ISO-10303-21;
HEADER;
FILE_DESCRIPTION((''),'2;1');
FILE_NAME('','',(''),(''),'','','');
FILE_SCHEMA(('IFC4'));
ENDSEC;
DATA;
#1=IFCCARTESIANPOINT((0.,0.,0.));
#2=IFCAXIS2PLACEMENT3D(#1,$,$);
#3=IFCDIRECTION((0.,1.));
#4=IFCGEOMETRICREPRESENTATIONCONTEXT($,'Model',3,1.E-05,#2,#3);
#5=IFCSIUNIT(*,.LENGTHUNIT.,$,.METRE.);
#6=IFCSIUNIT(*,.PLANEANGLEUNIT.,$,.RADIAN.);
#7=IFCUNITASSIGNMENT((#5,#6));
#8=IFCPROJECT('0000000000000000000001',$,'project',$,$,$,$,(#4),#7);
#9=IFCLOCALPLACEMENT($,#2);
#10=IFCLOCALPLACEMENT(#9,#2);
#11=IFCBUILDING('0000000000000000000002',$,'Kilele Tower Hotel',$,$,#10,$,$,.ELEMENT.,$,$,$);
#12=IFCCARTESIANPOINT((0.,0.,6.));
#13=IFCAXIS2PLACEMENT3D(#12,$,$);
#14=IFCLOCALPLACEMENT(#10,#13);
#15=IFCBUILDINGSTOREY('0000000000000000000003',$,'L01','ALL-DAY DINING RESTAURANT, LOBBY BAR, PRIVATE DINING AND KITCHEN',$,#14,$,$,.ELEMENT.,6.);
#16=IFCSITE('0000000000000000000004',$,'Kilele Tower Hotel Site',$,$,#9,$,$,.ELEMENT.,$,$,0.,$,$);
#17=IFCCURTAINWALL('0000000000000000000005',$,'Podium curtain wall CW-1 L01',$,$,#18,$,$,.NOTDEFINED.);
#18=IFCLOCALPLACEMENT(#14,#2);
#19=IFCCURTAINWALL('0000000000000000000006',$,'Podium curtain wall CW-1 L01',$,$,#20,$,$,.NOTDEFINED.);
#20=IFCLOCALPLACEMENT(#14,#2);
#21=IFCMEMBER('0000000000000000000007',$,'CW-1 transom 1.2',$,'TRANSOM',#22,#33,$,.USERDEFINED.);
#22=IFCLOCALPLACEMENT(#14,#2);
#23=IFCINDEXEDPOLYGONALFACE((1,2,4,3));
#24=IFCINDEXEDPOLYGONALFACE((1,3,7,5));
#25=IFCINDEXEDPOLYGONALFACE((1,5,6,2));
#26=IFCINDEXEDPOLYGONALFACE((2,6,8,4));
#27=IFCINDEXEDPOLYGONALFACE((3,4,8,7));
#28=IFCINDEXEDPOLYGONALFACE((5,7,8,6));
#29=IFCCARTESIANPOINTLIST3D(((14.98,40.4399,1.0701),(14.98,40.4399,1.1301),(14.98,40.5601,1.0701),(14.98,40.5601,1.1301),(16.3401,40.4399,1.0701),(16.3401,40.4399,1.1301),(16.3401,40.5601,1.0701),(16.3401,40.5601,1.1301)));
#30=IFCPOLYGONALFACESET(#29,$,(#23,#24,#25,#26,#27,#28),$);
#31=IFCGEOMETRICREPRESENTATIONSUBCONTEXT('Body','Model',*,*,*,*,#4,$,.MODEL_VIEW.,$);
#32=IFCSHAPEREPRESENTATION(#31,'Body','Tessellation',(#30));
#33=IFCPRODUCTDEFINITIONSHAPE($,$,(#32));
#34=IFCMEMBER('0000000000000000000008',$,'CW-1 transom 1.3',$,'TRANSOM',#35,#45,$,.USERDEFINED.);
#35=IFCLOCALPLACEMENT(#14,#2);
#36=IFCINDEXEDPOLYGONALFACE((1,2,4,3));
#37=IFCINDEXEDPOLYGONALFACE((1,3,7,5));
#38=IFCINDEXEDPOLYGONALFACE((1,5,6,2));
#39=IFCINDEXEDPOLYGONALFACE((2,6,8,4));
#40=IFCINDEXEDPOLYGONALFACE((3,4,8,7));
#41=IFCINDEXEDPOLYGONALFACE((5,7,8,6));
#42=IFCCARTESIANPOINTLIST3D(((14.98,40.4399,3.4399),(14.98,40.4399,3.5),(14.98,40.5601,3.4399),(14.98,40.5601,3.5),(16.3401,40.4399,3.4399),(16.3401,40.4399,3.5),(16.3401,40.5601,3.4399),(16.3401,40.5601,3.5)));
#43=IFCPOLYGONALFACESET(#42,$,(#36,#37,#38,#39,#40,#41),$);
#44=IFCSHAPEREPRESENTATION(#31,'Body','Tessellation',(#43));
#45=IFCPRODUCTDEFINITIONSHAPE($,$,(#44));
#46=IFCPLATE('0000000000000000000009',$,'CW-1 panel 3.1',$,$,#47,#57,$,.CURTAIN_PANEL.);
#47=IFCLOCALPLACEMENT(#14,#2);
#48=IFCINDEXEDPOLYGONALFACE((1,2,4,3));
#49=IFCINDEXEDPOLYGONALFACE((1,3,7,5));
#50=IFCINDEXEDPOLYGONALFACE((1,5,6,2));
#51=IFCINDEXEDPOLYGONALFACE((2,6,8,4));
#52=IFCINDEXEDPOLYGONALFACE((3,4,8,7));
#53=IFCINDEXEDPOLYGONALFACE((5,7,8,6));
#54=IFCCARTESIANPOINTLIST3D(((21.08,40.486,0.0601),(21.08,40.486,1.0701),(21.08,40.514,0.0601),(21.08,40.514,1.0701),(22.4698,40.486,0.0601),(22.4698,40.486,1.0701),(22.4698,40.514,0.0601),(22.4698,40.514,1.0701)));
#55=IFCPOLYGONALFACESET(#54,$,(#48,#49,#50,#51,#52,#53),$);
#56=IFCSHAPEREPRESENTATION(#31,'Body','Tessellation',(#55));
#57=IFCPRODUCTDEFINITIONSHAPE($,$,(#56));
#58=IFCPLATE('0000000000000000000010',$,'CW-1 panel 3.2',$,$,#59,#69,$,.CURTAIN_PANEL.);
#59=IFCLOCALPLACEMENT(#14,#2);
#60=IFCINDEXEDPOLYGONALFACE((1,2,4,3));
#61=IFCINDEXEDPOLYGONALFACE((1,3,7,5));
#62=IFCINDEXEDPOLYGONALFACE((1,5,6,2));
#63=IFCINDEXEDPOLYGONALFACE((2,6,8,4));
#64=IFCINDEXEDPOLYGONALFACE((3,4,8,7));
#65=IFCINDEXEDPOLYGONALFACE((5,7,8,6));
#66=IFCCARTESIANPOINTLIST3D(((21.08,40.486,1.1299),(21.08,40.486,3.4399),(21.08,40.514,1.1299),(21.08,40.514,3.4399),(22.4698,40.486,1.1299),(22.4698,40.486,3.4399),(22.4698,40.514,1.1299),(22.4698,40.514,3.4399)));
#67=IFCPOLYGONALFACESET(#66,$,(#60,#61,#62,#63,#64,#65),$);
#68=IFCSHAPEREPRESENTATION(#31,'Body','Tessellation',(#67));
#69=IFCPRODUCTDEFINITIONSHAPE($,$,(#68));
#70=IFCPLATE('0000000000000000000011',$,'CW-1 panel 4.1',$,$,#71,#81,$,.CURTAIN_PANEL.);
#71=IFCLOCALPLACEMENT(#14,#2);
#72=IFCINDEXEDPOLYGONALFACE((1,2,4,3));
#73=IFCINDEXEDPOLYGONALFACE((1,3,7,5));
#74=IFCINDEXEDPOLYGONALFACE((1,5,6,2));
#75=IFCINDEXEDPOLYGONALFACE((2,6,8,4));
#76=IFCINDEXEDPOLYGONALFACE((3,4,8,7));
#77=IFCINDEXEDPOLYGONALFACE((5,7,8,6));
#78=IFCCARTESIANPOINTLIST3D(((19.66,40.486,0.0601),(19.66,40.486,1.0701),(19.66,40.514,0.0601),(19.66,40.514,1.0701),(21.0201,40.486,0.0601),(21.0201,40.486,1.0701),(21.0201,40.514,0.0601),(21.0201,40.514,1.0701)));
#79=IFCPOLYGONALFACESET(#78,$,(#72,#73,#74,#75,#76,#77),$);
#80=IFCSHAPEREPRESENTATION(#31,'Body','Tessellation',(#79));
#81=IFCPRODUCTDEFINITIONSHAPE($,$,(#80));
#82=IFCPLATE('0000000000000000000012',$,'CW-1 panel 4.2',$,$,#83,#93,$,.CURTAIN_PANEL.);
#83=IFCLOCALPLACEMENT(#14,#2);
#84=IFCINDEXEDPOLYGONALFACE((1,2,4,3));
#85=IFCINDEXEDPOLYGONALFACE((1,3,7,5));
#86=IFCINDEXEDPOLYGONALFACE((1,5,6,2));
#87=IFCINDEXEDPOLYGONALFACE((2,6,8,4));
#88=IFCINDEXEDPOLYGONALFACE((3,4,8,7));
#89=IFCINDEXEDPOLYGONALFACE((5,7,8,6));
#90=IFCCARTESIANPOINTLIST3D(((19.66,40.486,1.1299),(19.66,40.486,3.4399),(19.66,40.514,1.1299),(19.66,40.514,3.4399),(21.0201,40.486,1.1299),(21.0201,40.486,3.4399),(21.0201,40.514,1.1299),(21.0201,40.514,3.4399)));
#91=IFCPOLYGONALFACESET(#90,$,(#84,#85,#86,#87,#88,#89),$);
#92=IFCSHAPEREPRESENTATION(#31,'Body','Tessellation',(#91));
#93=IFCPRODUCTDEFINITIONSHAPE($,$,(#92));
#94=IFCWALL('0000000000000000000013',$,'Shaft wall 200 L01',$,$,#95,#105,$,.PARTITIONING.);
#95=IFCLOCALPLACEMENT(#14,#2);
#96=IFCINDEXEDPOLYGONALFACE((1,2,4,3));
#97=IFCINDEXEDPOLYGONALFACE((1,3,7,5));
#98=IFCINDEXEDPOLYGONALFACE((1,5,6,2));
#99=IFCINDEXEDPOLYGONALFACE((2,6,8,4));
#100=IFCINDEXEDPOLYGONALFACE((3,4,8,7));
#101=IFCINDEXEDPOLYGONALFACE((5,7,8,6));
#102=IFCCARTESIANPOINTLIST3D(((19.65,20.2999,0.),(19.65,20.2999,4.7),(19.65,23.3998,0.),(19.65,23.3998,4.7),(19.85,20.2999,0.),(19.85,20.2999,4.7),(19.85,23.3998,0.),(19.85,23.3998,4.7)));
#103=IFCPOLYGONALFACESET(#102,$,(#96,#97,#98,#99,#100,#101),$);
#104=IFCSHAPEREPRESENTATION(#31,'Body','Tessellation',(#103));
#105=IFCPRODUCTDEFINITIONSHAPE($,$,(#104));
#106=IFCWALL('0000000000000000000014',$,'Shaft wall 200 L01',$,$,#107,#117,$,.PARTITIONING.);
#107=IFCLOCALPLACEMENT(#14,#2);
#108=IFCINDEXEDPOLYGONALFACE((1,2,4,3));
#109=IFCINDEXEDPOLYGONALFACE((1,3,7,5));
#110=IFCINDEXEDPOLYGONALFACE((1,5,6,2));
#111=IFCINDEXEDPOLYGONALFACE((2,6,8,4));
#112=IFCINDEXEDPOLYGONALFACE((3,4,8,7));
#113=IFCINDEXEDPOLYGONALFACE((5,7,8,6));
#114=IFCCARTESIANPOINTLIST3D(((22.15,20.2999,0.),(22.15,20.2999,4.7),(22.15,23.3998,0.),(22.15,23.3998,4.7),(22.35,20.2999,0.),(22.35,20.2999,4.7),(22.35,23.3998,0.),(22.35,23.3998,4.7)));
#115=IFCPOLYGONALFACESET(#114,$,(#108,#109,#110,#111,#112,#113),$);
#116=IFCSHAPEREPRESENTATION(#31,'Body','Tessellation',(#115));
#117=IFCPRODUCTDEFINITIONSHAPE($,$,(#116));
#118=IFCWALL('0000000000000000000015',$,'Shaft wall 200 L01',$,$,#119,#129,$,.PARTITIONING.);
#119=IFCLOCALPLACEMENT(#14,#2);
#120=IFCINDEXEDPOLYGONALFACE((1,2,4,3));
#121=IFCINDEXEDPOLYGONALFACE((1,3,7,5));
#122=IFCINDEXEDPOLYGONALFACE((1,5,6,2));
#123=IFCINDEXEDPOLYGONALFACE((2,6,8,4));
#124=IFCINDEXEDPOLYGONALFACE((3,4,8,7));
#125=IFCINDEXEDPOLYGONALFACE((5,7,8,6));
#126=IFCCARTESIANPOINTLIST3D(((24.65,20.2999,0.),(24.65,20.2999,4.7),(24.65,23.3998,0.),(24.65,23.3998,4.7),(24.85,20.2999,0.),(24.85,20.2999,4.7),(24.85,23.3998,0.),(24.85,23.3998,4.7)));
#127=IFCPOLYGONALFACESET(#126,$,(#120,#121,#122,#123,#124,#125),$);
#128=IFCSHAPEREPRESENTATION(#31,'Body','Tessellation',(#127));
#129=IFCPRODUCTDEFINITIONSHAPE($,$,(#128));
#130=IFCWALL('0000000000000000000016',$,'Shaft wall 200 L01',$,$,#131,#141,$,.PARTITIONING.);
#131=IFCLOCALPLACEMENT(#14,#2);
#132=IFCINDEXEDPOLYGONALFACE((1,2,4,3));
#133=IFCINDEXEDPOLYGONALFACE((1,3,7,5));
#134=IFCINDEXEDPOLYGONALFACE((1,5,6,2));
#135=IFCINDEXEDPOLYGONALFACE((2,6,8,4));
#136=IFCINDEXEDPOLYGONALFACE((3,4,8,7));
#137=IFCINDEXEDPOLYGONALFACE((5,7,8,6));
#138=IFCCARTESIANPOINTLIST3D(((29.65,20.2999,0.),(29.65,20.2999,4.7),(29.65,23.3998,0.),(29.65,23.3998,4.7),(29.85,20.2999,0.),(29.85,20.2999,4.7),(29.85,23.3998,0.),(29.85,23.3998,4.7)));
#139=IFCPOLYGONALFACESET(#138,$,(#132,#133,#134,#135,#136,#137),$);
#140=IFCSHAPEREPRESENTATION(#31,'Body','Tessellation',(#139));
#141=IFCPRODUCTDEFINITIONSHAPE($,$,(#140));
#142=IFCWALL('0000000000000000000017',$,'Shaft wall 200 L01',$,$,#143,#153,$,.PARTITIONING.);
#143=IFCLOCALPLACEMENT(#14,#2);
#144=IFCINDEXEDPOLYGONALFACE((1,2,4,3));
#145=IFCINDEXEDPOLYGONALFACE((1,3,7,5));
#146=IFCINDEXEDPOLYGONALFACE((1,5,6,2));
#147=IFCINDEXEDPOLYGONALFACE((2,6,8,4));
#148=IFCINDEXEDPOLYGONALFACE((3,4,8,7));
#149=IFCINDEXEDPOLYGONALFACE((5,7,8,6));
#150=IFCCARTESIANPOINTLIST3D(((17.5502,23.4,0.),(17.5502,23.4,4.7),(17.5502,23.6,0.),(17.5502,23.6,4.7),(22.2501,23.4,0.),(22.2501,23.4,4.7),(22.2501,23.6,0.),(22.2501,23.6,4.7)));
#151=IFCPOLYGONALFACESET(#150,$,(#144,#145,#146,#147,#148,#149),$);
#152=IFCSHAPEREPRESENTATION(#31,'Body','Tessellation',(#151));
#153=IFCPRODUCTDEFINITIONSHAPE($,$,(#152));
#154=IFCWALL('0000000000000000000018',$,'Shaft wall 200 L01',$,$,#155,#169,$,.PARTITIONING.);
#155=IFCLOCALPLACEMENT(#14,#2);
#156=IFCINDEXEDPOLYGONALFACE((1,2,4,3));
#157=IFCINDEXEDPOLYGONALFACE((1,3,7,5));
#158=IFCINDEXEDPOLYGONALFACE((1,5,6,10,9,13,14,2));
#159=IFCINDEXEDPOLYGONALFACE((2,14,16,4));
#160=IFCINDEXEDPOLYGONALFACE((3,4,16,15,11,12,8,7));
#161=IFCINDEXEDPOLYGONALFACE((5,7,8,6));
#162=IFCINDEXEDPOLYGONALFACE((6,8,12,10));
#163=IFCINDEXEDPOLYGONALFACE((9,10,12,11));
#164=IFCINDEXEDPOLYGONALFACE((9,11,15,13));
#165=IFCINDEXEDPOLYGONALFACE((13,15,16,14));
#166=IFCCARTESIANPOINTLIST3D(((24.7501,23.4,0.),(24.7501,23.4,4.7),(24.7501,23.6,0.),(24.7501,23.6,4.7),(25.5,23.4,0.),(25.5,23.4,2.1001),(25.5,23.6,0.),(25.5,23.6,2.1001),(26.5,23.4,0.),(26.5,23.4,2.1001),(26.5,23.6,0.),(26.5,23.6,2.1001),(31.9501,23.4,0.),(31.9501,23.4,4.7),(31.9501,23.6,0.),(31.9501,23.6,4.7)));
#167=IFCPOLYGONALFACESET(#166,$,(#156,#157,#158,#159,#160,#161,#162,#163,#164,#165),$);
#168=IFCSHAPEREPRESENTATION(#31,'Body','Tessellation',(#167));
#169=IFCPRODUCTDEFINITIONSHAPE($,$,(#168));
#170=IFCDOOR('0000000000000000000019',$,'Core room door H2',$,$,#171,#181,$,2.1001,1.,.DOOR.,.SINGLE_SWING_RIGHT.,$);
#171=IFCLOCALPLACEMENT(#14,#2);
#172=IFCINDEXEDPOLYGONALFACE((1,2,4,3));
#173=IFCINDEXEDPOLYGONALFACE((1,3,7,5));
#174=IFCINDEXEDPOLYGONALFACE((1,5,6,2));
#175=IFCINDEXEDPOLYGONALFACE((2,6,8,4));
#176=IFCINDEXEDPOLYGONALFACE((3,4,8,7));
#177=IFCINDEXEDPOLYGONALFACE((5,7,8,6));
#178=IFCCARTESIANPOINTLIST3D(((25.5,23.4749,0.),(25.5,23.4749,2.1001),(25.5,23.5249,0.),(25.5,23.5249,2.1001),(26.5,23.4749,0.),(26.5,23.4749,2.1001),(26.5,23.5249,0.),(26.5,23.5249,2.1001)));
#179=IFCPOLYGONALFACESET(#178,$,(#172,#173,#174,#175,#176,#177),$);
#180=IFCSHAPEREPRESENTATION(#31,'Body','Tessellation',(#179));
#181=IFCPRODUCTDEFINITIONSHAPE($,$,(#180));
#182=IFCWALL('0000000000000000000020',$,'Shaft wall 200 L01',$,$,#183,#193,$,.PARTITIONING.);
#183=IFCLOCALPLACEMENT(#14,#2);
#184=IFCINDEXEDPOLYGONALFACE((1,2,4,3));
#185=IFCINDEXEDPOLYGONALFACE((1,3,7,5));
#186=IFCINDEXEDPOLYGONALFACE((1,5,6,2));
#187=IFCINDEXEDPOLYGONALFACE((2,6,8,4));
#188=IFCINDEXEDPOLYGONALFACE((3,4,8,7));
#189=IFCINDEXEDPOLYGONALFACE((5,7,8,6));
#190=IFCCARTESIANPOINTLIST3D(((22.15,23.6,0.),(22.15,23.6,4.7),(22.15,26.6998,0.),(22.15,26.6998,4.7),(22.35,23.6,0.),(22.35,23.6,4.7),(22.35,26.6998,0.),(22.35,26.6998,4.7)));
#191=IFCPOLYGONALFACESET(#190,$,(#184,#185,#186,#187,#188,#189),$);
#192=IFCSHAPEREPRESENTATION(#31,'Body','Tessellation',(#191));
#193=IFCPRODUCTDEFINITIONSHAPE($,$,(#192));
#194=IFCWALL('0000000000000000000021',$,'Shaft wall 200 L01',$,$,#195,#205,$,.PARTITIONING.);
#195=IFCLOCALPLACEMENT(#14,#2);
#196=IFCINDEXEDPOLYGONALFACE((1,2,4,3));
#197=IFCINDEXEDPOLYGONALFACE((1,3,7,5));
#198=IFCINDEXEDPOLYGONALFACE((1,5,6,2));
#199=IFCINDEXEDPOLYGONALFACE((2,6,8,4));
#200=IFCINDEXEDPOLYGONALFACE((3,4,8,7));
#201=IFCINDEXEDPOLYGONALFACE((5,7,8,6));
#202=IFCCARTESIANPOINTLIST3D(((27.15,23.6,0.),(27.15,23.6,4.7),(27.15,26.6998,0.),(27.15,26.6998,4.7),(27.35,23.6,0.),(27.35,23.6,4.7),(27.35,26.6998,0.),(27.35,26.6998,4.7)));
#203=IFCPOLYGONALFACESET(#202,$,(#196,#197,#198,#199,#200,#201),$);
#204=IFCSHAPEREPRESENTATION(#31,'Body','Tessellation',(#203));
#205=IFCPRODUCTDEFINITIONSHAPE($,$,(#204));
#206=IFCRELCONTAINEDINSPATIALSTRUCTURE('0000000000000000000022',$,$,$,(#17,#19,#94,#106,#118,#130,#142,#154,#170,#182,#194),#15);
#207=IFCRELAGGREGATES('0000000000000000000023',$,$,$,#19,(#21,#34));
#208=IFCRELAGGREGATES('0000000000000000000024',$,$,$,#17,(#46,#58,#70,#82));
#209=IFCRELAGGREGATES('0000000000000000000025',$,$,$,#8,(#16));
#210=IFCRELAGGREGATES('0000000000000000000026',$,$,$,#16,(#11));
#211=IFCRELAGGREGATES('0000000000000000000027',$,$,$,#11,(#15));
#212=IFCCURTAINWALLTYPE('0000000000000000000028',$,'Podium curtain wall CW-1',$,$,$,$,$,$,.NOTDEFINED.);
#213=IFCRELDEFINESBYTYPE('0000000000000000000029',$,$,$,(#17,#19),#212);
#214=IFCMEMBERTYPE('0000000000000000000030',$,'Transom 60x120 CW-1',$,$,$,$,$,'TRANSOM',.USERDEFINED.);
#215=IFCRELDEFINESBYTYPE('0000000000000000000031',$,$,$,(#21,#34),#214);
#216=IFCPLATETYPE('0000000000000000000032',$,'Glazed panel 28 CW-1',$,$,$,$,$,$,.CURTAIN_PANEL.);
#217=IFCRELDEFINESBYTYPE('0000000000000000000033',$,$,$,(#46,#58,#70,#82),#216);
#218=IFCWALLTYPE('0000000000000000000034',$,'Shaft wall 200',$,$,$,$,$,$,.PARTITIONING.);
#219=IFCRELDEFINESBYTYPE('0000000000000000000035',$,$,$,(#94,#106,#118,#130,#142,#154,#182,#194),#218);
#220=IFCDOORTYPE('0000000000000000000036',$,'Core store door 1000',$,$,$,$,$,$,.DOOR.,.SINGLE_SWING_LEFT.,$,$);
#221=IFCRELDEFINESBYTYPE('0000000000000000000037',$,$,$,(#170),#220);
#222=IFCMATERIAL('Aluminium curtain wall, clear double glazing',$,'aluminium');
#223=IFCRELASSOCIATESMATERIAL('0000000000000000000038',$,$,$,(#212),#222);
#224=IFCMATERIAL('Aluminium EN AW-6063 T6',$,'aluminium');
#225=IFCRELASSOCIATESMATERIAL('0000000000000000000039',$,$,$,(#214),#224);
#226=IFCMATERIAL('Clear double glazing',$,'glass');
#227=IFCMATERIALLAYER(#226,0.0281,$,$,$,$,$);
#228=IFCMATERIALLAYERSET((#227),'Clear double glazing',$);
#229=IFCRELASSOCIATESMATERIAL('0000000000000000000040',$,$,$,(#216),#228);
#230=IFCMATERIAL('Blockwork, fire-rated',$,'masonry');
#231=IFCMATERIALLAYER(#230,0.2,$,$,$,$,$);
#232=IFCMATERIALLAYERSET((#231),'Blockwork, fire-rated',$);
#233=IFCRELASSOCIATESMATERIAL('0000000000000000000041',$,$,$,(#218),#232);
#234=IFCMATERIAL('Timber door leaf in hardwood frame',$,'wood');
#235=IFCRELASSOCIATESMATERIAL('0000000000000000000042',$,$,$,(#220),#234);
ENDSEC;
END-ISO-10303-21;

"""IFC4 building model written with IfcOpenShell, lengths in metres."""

from ifc_helpers import new_model, si_unit, direction, frame, frame_2d, origin, origin_2d, place, context, subcontext, project, spatial, rectangle, extrude, material, layer, layer_set, material_profile, profile_set, type_object, element, fill, aggregate, save


model = new_model("IFC4")

# Units and contexts
model_context = context("Model", 3, precision=1e-05, world=origin(), true_north=direction((0.0, 1.0)))
body_context = subcontext(model_context, "Body", "Model", "MODEL_VIEW")
ifc_project = project(units=[si_unit("LENGTHUNIT", "METRE"), si_unit("PLANEANGLEUNIT", "RADIAN")], contexts=[model_context])

# Site, building, storey
site_placement = place(None, origin())
site = spatial("IfcSite", under=ifc_project, at=site_placement, Name="Kilele Tower Hotel Site", CompositionType="ELEMENT", RefElevation=0.0)
building_placement = place(site_placement, origin())
building = spatial("IfcBuilding", under=site, at=building_placement, Name="Kilele Tower Hotel", CompositionType="ELEMENT")
storey_placement = place(building_placement, frame((0.0, 0.0, 6.0)))
storey = spatial("IfcBuildingStorey", under=building, at=storey_placement, Name="L01", Description="ALL-DAY DINING RESTAURANT, LOBBY BAR, PRIVATE DINING AND KITCHEN", CompositionType="ELEMENT", Elevation=6.0)

# Curtain wall
ifc_material_1 = material(Name="Aluminium curtain wall, clear double glazing", Category="aluminium")
curtain_wall_type = type_object("IfcCurtainWallType", Name="Podium curtain wall CW-1", PredefinedType="NOTDEFINED", material=ifc_material_1)
curtain_wall_1_placement = place(storey_placement, origin())
curtain_wall_1 = element("IfcCurtainWall", 1, at=curtain_wall_1_placement, inside=storey, type_object=curtain_wall_type, Name="Podium curtain wall CW-1 L01", PredefinedType="NOTDEFINED")

# Curtain wall
curtain_wall_2_placement = place(storey_placement, origin())
curtain_wall_2 = element("IfcCurtainWall", 2, at=curtain_wall_2_placement, inside=storey, type_object=curtain_wall_type, Name="Podium curtain wall CW-1 L01", PredefinedType="NOTDEFINED")

# Members
ifc_material_2 = material(Name="Aluminium EN AW-6063 T6", Category="aluminium")
ifc_material_profile_1 = material_profile(ifc_material_2, rectangle(XDim=0.1201, YDim=0.0601, at=origin_2d()))
ifc_profile_set_1 = profile_set([ifc_material_profile_1], Name="Aluminium EN AW-6063 T6")
member_type_1 = type_object("IfcMemberType", Name="Transom 60x120 CW-1", ElementType="TRANSOM", PredefinedType="USERDEFINED", material=ifc_profile_set_1)
member_1_placement = place(storey_placement, frame((16.3401, 40.5, 1.1001), z_axis=(-1.0, 0.0, 0.0), x_axis=(0.0, -1.0, 0.0)))
member_1 = element("IfcMember", 3, at=member_1_placement, type_object=member_type_1, Name="CW-1 transom 1.2", ObjectType="TRANSOM", PredefinedType="USERDEFINED", context=body_context, shape_type="SweptSolid", body=[
    extrude(rectangle(XDim=0.1201, YDim=0.0601, at=origin_2d()), origin(), (0.0, 0.0, 1.0), 1.3601),
])
member_2_placement = place(storey_placement, frame((16.3401, 40.5, 3.47), z_axis=(-1.0, 0.0, 0.0), x_axis=(0.0, -1.0, 0.0)))
member_2 = element("IfcMember", 4, at=member_2_placement, type_object=member_type_1, Name="CW-1 transom 1.3", ObjectType="TRANSOM", PredefinedType="USERDEFINED", context=body_context, shape_type="SweptSolid", body=[
    extrude(rectangle(XDim=0.1201, YDim=0.0601, at=origin_2d()), origin(), (0.0, 0.0, 1.0), 1.3601),
])
aggregate(curtain_wall_2, [member_1, member_2])

# Plates
ifc_material_3 = material(Name="Clear double glazing", Category="glass")
ifc_layer_1 = layer(ifc_material_3, 0.0281)
ifc_layer_set_1 = layer_set([ifc_layer_1], Name="Clear double glazing")
plate_type = type_object("IfcPlateType", Name="Glazed panel 28 CW-1", PredefinedType="CURTAIN_PANEL", material=ifc_layer_set_1)
plate_1_placement = place(storey_placement, frame((21.7749, 40.5, 0.0601), z_axis=(0.0, 0.0, 1.0), x_axis=(-1.0, 0.0, 0.0)))
plate_1 = element("IfcPlate", 5, at=plate_1_placement, type_object=plate_type, Name="CW-1 panel 3.1", PredefinedType="CURTAIN_PANEL", context=body_context, shape_type="SweptSolid", body=[
    extrude(rectangle(XDim=1.3899, YDim=0.0281, at=origin_2d()), origin(), (0.0, 0.0, 1.0), 1.01),
])
plate_2_placement = place(storey_placement, frame((21.7749, 40.5, 1.1299), z_axis=(0.0, 0.0, 1.0), x_axis=(-1.0, 0.0, 0.0)))
plate_2 = element("IfcPlate", 6, at=plate_2_placement, type_object=plate_type, Name="CW-1 panel 3.2", PredefinedType="CURTAIN_PANEL", context=body_context, shape_type="SweptSolid", body=[
    extrude(rectangle(XDim=1.3899, YDim=0.0281, at=origin_2d()), origin(), (0.0, 0.0, 1.0), 2.3101),
])
plate_3_placement = place(storey_placement, frame((20.3401, 40.5, 0.0601), z_axis=(0.0, 0.0, 1.0), x_axis=(-1.0, 0.0, 0.0)))
plate_3 = element("IfcPlate", 7, at=plate_3_placement, type_object=plate_type, Name="CW-1 panel 4.1", PredefinedType="CURTAIN_PANEL", context=body_context, shape_type="SweptSolid", body=[
    extrude(rectangle(XDim=1.3601, YDim=0.0281, at=origin_2d()), origin(), (0.0, 0.0, 1.0), 1.01),
])
plate_4_placement = place(storey_placement, frame((20.3401, 40.5, 1.1299), z_axis=(0.0, 0.0, 1.0), x_axis=(-1.0, 0.0, 0.0)))
plate_4 = element("IfcPlate", 8, at=plate_4_placement, type_object=plate_type, Name="CW-1 panel 4.2", PredefinedType="CURTAIN_PANEL", context=body_context, shape_type="SweptSolid", body=[
    extrude(rectangle(XDim=1.3601, YDim=0.0281, at=origin_2d()), origin(), (0.0, 0.0, 1.0), 2.3101),
])
aggregate(curtain_wall_1, [plate_1, plate_2, plate_3, plate_4])

# Walls
ifc_material_4 = material(Name="Blockwork, fire-rated", Category="masonry")
ifc_layer_2 = layer(ifc_material_4, 0.2)
ifc_layer_set_2 = layer_set([ifc_layer_2], Name="Blockwork, fire-rated")
wall_type = type_object("IfcWallType", Name="Shaft wall 200", PredefinedType="PARTITIONING", material=ifc_layer_set_2)
for number, where, z_axis, x_axis, name in (
    (9, (19.75, 20.3, 0.0), (0.0, 0.0, 1.0), (0.0, 1.0, 0.0), "Shaft wall 200 L01"),
    (10, (22.25, 20.3, 0.0), (0.0, 0.0, 1.0), (0.0, 1.0, 0.0), "Shaft wall 200 L01"),
    (11, (24.75, 20.3, 0.0), (0.0, 0.0, 1.0), (0.0, 1.0, 0.0), "Shaft wall 200 L01"),
    (12, (29.75, 20.3, 0.0), (0.0, 0.0, 1.0), (0.0, 1.0, 0.0), "Shaft wall 200 L01"),
):
    element("IfcWall", number, at=place(storey_placement, frame(where, z_axis=z_axis, x_axis=x_axis)), inside=storey, type_object=wall_type, Name=name, PredefinedType="PARTITIONING", context=body_context, shape_type="SweptSolid", body=[
        extrude(rectangle(XDim=3.0999, YDim=0.2, at=frame_2d((1.5498, 0.0))), origin(), (0.0, 0.0, 1.0), 4.7),
    ])
wall_1_placement = place(storey_placement, frame((17.55, 23.5, 0.0), z_axis=(0.0, 0.0, 1.0), x_axis=(1.0, 0.0, 0.0)))
element("IfcWall", 13, at=wall_1_placement, inside=storey, type_object=wall_type, Name="Shaft wall 200 L01", PredefinedType="PARTITIONING", context=body_context, shape_type="SweptSolid", body=[
    extrude(rectangle(XDim=4.7, YDim=0.2, at=frame_2d((2.3501, 0.0))), origin(), (0.0, 0.0, 1.0), 4.7),
])

# Wall, opening, door
wall_2_placement = place(storey_placement, frame((24.75, 23.5, 0.0), z_axis=(0.0, 0.0, 1.0), x_axis=(1.0, 0.0, 0.0)))
wall_2 = element("IfcWall", 14, at=wall_2_placement, inside=storey, type_object=wall_type, Name="Shaft wall 200 L01", PredefinedType="PARTITIONING", context=body_context, shape_type="SweptSolid", body=[
    extrude(rectangle(XDim=7.2, YDim=0.2, at=frame_2d((3.6001, 0.0))), origin(), (0.0, 0.0, 1.0), 4.7),
])
opening_placement = place(wall_2_placement, frame((0.75, 0.0, 0.0)))
opening = element("IfcOpeningElement", 15, at=opening_placement, cuts=wall_2, PredefinedType="OPENING", context=body_context, shape_type="SweptSolid", body=[
    extrude(rectangle(XDim=1.0, YDim=2.1001, at=frame_2d((0.5, 1.05))), frame((0.0, 0.1099, 0.0), z_axis=(0.0, -1.0, 0.0), x_axis=(1.0, 0.0, 0.0)), (0.0, 0.0, 1.0), 0.22),
])
ifc_material_5 = material(Name="Timber door leaf in hardwood frame", Category="wood")
door_type = type_object("IfcDoorType", Name="Core store door 1000", OperationType="SINGLE_SWING_LEFT", PredefinedType="DOOR", material=ifc_material_5)
door_placement = place(opening_placement, origin())
door = element("IfcDoor", 16, at=door_placement, inside=storey, type_object=door_type, Name="Core room door H2", OperationType="SINGLE_SWING_RIGHT", OverallHeight=2.1001, OverallWidth=1.0, PredefinedType="DOOR", context=body_context, shape_type="SweptSolid", body=[
    extrude(rectangle(XDim=1.0, YDim=2.1001, at=frame_2d((0.5, 1.05))), frame((0.0, 0.0249, 0.0), z_axis=(0.0, -1.0, 0.0), x_axis=(1.0, 0.0, 0.0)), (0.0, 0.0, 1.0), 0.05),
])
fill(opening, door)

# Walls
for number, where, z_axis, x_axis, name in (
    (17, (22.25, 23.6001, 0.0), (0.0, 0.0, 1.0), (0.0, 1.0, 0.0), "Shaft wall 200 L01"),
    (18, (27.25, 23.6001, 0.0), (0.0, 0.0, 1.0), (0.0, 1.0, 0.0), "Shaft wall 200 L01"),
):
    element("IfcWall", number, at=place(storey_placement, frame(where, z_axis=z_axis, x_axis=x_axis)), inside=storey, type_object=wall_type, Name=name, PredefinedType="PARTITIONING", context=body_context, shape_type="SweptSolid", body=[
        extrude(rectangle(XDim=3.0999, YDim=0.2, at=frame_2d((1.5498, 0.0))), origin(), (0.0, 0.0, 1.0), 4.7),
    ])

save(model, "model.ifc")
